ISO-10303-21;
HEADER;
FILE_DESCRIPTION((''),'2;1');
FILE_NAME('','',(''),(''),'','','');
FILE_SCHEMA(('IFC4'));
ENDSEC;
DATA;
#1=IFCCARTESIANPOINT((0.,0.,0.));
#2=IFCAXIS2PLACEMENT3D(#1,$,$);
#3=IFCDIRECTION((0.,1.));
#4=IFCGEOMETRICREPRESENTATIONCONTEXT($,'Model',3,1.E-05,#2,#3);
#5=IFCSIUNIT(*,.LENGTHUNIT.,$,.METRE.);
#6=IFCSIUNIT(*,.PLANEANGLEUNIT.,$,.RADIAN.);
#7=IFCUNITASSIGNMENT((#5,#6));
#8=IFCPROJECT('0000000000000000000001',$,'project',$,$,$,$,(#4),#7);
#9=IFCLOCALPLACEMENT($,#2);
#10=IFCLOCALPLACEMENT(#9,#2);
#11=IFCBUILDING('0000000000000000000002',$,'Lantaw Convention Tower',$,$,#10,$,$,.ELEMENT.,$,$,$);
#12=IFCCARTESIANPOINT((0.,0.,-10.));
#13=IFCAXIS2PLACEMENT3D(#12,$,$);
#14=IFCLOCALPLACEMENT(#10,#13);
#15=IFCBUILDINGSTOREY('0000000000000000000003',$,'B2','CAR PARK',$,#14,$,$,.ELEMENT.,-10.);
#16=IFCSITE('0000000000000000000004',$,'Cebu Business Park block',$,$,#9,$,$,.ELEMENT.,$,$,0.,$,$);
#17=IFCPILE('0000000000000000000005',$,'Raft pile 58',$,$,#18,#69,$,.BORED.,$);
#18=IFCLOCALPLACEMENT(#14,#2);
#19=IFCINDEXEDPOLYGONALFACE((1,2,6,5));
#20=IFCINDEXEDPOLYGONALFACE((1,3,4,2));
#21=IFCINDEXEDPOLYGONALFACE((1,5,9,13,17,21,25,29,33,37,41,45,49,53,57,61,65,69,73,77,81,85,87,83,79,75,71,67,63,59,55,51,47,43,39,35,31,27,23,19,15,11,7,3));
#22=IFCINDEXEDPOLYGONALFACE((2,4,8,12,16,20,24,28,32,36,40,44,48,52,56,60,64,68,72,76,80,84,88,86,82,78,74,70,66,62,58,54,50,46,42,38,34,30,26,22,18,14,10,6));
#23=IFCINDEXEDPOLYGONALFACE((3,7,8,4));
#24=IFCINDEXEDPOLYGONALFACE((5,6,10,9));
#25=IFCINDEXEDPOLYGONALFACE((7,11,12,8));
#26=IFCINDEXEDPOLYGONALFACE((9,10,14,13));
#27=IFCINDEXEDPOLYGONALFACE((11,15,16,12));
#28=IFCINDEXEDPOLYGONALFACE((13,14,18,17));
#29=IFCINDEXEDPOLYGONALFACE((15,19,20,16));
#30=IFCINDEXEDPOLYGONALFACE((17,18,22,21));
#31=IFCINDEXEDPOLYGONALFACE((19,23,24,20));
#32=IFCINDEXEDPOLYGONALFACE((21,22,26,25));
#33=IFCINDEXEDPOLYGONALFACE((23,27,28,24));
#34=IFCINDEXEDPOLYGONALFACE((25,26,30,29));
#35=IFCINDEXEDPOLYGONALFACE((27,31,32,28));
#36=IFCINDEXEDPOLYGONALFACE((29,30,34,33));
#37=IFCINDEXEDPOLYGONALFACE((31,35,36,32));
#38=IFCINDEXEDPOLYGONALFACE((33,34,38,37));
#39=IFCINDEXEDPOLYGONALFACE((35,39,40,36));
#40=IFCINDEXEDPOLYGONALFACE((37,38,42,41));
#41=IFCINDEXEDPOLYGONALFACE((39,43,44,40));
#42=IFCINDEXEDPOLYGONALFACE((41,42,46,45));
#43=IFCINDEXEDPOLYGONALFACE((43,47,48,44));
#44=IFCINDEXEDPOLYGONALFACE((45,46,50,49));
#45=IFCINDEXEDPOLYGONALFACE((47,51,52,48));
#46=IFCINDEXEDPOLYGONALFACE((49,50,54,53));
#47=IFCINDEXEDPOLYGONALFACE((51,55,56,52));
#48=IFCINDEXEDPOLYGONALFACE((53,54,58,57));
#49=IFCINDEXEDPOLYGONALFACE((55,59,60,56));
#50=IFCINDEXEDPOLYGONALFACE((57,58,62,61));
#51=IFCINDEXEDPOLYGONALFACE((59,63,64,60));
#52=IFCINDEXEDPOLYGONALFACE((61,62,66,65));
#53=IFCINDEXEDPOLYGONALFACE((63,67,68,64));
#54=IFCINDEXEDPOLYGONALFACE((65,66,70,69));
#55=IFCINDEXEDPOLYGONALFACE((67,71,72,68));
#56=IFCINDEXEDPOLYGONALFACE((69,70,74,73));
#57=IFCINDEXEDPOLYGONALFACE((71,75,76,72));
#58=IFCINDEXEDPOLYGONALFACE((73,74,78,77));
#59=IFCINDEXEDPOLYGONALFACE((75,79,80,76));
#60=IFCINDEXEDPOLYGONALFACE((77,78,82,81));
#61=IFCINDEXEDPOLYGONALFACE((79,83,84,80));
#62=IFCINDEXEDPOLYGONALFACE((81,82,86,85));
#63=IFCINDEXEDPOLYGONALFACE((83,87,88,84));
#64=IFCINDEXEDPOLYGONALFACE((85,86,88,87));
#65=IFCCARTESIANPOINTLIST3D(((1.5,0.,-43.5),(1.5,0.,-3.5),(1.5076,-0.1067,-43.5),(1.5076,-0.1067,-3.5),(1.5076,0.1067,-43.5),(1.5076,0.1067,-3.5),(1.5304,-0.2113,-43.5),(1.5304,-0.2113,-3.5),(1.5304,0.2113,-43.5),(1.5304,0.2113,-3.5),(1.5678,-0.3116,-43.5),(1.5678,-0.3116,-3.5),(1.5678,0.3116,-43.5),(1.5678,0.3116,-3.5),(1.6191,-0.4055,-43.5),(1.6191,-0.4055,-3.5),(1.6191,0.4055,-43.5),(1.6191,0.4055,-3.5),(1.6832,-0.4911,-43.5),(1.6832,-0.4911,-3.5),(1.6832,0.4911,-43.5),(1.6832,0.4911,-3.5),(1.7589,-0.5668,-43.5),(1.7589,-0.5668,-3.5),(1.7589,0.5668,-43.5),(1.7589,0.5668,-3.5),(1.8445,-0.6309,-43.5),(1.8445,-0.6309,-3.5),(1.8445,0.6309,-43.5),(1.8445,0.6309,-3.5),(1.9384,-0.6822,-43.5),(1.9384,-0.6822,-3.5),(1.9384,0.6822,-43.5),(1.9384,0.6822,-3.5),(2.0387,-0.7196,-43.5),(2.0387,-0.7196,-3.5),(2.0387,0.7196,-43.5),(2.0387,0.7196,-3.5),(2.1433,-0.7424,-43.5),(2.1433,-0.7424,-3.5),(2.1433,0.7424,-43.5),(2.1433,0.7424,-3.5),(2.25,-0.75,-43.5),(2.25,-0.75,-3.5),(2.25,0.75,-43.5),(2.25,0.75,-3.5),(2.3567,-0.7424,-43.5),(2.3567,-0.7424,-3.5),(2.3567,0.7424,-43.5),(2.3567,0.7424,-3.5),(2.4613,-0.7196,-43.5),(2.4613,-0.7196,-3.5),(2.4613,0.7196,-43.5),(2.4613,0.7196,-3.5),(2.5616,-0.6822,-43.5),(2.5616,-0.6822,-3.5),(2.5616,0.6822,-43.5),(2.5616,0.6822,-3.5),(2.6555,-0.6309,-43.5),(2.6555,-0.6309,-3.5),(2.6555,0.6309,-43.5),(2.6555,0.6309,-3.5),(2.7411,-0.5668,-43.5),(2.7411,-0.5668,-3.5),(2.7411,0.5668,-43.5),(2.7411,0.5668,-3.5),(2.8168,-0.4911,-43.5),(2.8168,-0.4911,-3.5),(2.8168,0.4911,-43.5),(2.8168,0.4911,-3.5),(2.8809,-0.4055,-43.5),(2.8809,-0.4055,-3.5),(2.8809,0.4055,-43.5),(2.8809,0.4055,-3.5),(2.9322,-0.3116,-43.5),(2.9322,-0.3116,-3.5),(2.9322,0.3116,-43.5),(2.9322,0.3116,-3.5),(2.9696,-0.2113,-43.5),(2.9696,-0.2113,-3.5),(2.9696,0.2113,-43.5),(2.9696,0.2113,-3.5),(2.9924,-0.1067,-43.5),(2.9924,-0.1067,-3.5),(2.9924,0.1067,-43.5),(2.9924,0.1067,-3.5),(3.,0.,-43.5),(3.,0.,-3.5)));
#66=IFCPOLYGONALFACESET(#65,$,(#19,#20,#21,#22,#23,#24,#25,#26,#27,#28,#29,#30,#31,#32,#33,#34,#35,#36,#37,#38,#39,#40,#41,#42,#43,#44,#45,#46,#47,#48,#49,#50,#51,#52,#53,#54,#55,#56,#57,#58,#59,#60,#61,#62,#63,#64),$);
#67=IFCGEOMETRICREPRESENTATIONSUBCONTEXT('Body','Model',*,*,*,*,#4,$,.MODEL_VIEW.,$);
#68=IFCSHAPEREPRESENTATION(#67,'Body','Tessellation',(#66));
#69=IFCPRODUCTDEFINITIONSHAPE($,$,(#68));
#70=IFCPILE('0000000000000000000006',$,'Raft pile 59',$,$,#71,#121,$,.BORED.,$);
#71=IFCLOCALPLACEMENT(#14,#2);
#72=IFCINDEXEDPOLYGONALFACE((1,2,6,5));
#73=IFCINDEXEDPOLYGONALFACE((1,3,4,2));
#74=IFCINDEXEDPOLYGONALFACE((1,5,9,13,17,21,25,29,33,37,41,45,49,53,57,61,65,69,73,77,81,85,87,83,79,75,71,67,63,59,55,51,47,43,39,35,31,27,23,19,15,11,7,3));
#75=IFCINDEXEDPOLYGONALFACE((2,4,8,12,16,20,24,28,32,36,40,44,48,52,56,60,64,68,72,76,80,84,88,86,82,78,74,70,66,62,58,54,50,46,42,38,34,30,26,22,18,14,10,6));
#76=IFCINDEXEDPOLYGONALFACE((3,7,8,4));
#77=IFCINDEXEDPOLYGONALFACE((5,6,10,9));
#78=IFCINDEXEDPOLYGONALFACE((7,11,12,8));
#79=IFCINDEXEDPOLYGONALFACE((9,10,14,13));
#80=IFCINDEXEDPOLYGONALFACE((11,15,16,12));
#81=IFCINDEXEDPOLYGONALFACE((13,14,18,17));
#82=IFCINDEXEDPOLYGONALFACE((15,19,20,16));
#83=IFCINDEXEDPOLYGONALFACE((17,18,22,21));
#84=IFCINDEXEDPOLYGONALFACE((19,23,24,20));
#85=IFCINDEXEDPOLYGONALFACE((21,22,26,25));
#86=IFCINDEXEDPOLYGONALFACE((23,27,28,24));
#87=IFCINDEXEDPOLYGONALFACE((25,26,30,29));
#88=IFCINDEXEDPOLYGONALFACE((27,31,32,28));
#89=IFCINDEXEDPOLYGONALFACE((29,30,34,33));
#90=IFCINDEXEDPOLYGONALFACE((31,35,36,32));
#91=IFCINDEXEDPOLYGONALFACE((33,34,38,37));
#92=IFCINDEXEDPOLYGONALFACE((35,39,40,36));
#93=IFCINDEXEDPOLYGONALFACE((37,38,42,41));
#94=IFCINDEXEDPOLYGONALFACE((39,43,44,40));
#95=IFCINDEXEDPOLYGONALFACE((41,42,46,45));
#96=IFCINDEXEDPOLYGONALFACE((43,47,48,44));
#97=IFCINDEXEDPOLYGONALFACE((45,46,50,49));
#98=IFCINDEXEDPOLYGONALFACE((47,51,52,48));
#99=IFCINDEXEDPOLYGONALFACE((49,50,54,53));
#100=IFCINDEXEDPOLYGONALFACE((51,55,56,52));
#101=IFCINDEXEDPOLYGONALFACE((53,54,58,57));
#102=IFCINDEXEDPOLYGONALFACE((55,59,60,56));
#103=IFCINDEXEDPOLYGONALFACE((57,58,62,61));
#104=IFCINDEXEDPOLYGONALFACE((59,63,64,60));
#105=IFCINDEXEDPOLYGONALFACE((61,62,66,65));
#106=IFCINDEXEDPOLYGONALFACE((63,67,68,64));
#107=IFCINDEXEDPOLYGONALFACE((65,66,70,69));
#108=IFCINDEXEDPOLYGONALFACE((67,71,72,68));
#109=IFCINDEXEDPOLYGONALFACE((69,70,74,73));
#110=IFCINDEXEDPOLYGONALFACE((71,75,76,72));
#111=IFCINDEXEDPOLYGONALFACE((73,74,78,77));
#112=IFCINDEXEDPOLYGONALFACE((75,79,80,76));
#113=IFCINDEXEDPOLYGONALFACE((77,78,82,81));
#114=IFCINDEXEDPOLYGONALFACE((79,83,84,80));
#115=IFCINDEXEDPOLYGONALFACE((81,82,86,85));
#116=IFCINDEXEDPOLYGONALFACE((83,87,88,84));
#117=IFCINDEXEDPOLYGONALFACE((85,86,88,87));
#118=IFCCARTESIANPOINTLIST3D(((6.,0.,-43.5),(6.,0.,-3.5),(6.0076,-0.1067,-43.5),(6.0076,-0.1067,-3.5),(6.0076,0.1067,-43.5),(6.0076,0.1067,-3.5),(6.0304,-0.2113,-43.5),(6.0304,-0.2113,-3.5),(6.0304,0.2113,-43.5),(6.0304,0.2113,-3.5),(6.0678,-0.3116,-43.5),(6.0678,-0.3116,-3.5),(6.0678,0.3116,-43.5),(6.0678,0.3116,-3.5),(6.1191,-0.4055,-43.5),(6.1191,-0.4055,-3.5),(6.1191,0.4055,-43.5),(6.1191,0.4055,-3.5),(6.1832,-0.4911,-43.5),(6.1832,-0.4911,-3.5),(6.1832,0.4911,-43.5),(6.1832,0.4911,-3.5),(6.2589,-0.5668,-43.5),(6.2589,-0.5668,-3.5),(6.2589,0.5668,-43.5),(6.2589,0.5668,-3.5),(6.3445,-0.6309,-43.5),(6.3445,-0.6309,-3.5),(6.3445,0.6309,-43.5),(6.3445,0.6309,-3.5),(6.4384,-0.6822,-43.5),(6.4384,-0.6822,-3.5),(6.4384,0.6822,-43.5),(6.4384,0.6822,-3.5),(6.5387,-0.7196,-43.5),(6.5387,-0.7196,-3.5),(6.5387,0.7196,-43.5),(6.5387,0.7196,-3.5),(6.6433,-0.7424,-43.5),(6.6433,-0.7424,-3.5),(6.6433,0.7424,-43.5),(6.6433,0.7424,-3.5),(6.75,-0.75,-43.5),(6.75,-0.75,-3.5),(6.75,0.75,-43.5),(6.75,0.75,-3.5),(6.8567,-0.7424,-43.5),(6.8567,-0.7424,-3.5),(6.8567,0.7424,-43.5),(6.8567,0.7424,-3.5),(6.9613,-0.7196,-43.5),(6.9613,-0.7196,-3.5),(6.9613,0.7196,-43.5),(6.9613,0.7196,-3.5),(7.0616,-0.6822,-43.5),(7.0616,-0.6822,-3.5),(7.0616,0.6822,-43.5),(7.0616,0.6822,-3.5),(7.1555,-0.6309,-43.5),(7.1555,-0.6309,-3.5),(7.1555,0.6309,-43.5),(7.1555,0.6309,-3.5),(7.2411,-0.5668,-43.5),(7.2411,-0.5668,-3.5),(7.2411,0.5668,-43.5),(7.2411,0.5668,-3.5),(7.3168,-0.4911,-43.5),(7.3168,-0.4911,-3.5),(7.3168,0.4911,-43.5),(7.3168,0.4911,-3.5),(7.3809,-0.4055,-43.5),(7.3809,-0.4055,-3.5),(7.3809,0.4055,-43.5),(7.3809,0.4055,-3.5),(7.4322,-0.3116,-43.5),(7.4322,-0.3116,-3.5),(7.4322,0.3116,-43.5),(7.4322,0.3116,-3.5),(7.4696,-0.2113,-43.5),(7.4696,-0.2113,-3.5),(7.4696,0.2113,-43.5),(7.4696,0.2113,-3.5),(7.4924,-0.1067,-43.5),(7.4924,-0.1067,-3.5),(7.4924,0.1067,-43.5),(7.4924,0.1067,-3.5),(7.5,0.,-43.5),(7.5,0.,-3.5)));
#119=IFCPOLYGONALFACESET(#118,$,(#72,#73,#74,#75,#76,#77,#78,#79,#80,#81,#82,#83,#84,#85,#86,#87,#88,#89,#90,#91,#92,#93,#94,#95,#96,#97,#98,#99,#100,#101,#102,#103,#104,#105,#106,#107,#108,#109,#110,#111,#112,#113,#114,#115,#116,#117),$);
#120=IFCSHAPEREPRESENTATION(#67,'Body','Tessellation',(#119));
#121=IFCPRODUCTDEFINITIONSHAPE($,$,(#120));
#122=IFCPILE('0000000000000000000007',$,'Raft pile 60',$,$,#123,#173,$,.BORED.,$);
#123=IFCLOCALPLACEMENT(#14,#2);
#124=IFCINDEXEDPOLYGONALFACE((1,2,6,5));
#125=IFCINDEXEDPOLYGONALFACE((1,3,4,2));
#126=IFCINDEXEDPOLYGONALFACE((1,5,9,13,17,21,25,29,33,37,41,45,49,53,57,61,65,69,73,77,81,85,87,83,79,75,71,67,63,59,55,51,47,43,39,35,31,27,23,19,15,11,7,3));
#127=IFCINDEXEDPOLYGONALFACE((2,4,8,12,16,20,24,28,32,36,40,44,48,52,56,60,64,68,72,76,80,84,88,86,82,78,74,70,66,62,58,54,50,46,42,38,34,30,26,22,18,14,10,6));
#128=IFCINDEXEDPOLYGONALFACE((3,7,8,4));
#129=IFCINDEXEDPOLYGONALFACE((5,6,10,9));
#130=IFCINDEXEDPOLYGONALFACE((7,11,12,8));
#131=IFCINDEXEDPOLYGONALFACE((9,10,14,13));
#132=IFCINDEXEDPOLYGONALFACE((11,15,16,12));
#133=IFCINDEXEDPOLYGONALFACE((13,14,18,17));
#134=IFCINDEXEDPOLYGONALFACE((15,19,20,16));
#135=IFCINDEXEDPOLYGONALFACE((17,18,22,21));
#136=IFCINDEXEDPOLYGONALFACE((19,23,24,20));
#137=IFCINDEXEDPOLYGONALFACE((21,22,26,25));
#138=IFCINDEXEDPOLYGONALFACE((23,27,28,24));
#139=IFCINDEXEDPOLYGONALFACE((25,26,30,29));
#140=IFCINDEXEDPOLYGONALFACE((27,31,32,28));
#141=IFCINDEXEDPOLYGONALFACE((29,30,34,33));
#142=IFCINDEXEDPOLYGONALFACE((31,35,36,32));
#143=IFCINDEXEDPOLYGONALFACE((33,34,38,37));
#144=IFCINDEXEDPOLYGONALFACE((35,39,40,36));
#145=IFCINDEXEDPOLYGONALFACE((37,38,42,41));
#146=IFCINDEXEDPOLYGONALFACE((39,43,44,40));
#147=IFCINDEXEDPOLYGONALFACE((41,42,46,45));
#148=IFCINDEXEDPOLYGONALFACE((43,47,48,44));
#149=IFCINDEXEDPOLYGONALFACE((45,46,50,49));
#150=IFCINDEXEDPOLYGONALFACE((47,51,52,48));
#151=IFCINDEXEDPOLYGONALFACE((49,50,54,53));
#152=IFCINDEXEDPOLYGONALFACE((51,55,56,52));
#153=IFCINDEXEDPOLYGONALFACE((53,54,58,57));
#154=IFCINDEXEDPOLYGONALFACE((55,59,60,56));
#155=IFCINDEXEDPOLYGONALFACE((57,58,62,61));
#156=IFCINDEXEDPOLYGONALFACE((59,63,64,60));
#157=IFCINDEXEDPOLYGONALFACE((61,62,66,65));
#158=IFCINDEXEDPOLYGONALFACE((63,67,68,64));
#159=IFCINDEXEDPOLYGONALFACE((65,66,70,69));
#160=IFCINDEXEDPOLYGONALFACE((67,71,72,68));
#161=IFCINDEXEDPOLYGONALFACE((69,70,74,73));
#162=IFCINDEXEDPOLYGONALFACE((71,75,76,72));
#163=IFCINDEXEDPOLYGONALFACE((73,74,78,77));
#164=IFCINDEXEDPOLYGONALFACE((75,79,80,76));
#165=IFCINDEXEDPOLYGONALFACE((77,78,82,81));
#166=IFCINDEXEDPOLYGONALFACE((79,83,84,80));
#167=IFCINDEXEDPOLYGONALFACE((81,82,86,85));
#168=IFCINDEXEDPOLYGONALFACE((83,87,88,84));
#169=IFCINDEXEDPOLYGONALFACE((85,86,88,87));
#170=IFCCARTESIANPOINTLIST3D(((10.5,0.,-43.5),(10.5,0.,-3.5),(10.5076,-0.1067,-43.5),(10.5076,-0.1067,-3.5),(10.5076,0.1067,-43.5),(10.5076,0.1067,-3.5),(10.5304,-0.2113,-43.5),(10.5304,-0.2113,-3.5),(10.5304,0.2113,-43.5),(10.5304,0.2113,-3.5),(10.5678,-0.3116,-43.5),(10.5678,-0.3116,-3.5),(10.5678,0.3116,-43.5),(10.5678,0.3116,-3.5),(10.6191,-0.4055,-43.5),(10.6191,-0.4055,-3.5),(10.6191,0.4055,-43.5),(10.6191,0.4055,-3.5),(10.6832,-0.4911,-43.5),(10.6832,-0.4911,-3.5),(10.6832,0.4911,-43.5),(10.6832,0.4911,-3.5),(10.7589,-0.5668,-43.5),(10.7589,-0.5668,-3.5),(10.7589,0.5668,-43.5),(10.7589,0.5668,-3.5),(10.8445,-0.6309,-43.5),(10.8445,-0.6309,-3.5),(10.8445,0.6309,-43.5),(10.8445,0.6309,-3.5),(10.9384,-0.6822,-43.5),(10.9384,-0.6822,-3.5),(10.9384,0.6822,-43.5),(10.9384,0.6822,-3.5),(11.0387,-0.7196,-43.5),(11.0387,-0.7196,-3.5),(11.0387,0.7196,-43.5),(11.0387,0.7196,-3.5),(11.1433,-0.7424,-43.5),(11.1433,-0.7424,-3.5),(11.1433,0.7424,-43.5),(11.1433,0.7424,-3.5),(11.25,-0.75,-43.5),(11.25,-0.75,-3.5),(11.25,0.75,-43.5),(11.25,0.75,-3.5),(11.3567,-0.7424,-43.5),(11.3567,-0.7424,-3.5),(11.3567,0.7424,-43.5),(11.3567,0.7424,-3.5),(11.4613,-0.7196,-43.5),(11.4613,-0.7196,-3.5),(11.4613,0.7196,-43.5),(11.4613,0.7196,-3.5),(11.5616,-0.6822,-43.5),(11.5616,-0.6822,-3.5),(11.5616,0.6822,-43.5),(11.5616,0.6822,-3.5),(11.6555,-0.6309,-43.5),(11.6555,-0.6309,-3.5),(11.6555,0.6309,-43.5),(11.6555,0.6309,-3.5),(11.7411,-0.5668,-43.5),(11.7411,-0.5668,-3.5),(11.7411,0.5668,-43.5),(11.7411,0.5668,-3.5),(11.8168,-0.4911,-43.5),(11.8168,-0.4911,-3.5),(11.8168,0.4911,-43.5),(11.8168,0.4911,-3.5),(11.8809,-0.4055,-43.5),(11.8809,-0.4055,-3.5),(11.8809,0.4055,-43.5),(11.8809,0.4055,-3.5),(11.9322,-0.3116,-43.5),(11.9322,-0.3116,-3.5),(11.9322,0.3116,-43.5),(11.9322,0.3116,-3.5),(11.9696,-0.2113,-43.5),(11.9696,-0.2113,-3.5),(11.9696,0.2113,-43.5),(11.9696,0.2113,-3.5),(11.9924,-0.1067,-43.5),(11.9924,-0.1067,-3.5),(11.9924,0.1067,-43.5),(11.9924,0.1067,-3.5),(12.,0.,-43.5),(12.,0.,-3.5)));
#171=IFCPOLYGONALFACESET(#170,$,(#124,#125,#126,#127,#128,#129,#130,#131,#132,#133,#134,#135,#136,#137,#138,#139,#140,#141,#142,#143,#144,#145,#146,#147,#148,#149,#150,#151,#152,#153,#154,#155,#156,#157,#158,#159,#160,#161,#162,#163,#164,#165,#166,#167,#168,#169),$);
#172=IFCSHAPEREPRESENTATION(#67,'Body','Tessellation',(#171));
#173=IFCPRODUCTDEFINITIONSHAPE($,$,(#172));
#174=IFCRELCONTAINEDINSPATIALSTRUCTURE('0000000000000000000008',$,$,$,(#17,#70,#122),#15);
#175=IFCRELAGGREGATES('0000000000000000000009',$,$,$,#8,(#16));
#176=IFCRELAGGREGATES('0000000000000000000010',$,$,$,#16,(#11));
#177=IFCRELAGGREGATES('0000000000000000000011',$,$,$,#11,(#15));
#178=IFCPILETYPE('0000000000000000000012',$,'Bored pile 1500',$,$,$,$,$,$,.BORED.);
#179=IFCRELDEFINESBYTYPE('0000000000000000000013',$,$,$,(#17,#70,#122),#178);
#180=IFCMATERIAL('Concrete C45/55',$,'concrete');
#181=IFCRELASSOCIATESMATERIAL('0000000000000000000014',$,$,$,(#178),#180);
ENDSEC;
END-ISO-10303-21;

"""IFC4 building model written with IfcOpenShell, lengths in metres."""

from ifc_helpers import new_model, si_unit, direction, frame, origin, origin_2d, place, context, subcontext, project, spatial, circle, extrude, material, material_profile, profile_set, type_object, element, save


model = new_model("IFC4")

# Units and contexts
model_context = context("Model", 3, precision=1e-05, world=origin(), true_north=direction((0.0, 1.0)))
body_context = subcontext(model_context, "Body", "Model", "MODEL_VIEW")
ifc_project = project(units=[si_unit("LENGTHUNIT", "METRE"), si_unit("PLANEANGLEUNIT", "RADIAN")], contexts=[model_context])

# Site, building, storey
site_placement = place(None, origin())
site = spatial("IfcSite", under=ifc_project, at=site_placement, Name="Cebu Business Park block", CompositionType="ELEMENT", RefElevation=0.0)
building_placement = place(site_placement, origin())
building = spatial("IfcBuilding", under=site, at=building_placement, Name="Lantaw Convention Tower", CompositionType="ELEMENT")
storey_placement = place(building_placement, frame((0.0, 0.0, -10.0)))
storey = spatial("IfcBuildingStorey", under=building, at=storey_placement, Name="B2", Description="CAR PARK", CompositionType="ELEMENT", Elevation=-10.0)

# Piles
ifc_material_1 = material(Name="Concrete C45/55", Category="concrete")
ifc_material_profile_1 = material_profile(ifc_material_1, circle(Radius=0.75, at=origin_2d()), Name="Bored pile 1500")
ifc_profile_set_1 = profile_set([ifc_material_profile_1], Name="Concrete C45/55")
pile_type = type_object("IfcPileType", Name="Bored pile 1500", PredefinedType="BORED", material=ifc_profile_set_1)
for number, where, z_axis, x_axis, name in (
    (1, (2.25, 0.0, -3.5), (0.0, 0.0, -1.0), (1.0, 0.0, 0.0), "Raft pile 58"),
    (2, (6.75, 0.0, -3.5), (0.0, 0.0, -1.0), (1.0, 0.0, 0.0), "Raft pile 59"),
    (3, (11.25, 0.0, -3.5), (0.0, 0.0, -1.0), (1.0, 0.0, 0.0), "Raft pile 60"),
):
    element("IfcPile", number, at=place(storey_placement, frame(where, z_axis=z_axis, x_axis=x_axis)), inside=storey, type_object=pile_type, Name=name, PredefinedType="BORED", context=body_context, shape_type="SweptSolid", body=[
        extrude(circle(Radius=0.75, at=origin_2d()), origin(), (0.0, 0.0, 1.0), 40.0),
    ])

save(model, "model.ifc")
